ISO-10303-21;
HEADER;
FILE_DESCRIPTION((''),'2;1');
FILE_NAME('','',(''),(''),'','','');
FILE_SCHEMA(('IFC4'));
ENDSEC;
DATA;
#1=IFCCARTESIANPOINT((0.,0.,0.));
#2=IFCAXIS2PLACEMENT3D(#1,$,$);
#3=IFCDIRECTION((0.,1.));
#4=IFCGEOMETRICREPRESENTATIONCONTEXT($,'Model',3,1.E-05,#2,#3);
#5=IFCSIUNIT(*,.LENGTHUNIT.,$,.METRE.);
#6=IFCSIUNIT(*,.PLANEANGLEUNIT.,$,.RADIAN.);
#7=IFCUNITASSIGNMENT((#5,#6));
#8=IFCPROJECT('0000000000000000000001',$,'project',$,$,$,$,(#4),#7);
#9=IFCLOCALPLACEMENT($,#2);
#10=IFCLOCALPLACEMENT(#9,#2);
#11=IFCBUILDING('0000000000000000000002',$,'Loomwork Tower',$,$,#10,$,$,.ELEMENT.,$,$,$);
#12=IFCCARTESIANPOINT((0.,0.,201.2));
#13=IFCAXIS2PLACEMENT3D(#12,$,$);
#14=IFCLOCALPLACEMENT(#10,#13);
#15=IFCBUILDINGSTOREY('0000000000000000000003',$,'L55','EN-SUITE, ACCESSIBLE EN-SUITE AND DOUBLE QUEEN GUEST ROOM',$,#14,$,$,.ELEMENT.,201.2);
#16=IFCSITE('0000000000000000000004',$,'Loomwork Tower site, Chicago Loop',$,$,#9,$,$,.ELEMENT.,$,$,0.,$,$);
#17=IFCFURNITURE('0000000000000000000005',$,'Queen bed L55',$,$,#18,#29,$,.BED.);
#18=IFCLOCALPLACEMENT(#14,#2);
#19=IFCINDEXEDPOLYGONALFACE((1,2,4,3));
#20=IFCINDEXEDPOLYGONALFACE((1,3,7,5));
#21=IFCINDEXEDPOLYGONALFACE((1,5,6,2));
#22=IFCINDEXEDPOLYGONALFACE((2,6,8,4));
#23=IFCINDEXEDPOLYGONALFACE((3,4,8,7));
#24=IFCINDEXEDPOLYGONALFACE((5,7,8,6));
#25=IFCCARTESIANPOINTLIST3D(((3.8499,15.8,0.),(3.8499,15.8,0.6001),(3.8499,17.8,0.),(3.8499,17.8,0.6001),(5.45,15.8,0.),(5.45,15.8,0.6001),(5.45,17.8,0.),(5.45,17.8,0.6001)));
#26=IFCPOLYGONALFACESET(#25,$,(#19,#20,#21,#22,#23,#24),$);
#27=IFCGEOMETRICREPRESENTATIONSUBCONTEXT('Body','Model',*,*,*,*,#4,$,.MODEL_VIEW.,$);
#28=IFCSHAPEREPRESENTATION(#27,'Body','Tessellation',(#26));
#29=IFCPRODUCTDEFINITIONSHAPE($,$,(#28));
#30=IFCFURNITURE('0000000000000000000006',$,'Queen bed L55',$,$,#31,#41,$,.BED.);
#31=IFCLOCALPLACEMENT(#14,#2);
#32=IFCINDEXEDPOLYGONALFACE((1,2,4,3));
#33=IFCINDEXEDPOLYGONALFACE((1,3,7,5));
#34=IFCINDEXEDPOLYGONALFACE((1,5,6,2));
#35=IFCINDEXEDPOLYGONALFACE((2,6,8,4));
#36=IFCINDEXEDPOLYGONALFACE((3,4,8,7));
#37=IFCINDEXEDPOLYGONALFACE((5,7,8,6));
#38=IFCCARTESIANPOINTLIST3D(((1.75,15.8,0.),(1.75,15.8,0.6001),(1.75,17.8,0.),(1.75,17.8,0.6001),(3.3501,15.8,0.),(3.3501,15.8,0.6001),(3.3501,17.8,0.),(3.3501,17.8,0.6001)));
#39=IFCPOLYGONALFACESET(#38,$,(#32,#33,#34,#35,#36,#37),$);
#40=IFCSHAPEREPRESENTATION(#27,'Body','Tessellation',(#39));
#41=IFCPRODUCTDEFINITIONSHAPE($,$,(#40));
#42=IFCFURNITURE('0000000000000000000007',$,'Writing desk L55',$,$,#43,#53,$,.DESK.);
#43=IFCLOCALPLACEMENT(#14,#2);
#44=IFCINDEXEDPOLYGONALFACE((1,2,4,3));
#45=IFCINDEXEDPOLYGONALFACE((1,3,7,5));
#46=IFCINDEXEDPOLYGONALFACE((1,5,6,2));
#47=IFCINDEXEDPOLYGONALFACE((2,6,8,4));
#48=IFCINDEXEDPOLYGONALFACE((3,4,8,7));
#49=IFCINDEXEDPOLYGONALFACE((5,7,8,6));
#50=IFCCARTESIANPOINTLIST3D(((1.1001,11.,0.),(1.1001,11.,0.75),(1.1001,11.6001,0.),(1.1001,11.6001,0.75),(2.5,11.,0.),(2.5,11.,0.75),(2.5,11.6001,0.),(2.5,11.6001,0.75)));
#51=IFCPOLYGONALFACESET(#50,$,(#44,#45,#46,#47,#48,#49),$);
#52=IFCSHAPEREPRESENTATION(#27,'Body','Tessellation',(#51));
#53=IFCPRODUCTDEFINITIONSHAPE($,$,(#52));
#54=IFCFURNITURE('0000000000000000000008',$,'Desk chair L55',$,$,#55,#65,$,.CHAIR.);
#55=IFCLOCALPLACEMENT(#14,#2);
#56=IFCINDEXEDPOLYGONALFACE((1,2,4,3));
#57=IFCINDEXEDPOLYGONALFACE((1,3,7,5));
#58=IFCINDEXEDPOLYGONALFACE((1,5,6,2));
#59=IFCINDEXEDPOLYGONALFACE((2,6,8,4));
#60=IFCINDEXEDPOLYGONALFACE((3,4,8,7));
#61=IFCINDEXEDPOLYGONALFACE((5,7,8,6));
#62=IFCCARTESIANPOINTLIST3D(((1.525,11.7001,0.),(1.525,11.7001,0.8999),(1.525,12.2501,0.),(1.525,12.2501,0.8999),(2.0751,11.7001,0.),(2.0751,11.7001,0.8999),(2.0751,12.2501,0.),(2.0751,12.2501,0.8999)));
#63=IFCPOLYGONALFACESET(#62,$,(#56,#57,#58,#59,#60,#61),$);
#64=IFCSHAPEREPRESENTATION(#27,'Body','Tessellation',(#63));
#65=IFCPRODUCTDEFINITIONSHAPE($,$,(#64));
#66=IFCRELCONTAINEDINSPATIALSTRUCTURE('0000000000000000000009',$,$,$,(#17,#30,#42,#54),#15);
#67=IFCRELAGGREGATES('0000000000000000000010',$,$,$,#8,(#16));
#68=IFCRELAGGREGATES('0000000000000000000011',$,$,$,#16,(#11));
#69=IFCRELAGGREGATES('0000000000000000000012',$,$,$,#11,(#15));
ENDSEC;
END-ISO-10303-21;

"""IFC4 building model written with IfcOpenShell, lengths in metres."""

from ifc_helpers import new_model, si_unit, direction, frame, origin, origin_2d, place, context, subcontext, project, spatial, rectangle, extrude, element, save


model = new_model("IFC4")

# Units and contexts
model_context = context("Model", 3, precision=1e-05, world=origin(), true_north=direction((0.0, 1.0)))
body_context = subcontext(model_context, "Body", "Model", "MODEL_VIEW")
ifc_project = project(units=[si_unit("LENGTHUNIT", "METRE"), si_unit("PLANEANGLEUNIT", "RADIAN")], contexts=[model_context])

# Site, building, storey
site_placement = place(None, origin())
site = spatial("IfcSite", under=ifc_project, at=site_placement, Name="Loomwork Tower site, Chicago Loop", CompositionType="ELEMENT", RefElevation=0.0)
building_placement = place(site_placement, origin())
building = spatial("IfcBuilding", under=site, at=building_placement, Name="Loomwork Tower", CompositionType="ELEMENT")
storey_placement = place(building_placement, frame((0.0, 0.0, 201.2)))
storey = spatial("IfcBuildingStorey", under=building, at=storey_placement, Name="L55", Description="EN-SUITE, ACCESSIBLE EN-SUITE AND DOUBLE QUEEN GUEST ROOM", CompositionType="ELEMENT", Elevation=201.2)

# Furniture
for number, where, z_axis, x_axis, name in (
    (1, (4.6499, 16.8, 0.0), (0.0, 0.0, 1.0), (1.0, 0.0, 0.0), "Queen bed L55"),
    (2, (2.55, 16.8, 0.0), (0.0, 0.0, 1.0), (1.0, 0.0, 0.0), "Queen bed L55"),
):
    element("IfcFurniture", number, at=place(storey_placement, frame(where, z_axis=z_axis, x_axis=x_axis)), inside=storey, Name=name, PredefinedType="BED", context=body_context, shape_type="SweptSolid", body=[
        extrude(rectangle(XDim=1.6001, YDim=2.0, at=origin_2d()), origin(), (0.0, 0.0, 1.0), 0.6001),
    ])
furniture_1_placement = place(storey_placement, frame((1.8, 11.3, 0.0), z_axis=(0.0, 0.0, 1.0), x_axis=(1.0, 0.0, 0.0)))
element("IfcFurniture", 3, at=furniture_1_placement, inside=storey, Name="Writing desk L55", PredefinedType="DESK", context=body_context, shape_type="SweptSolid", body=[
    extrude(rectangle(XDim=1.3999, YDim=0.6001, at=origin_2d()), origin(), (0.0, 0.0, 1.0), 0.75),
])
furniture_2_placement = place(storey_placement, frame((1.8, 11.9751, 0.0), z_axis=(0.0, 0.0, 1.0), x_axis=(1.0, 0.0, 0.0)))
element("IfcFurniture", 4, at=furniture_2_placement, inside=storey, Name="Desk chair L55", PredefinedType="CHAIR", context=body_context, shape_type="SweptSolid", body=[
    extrude(rectangle(XDim=0.55, YDim=0.55, at=origin_2d()), origin(), (0.0, 0.0, 1.0), 0.8999),
])

save(model, "model.ifc")
